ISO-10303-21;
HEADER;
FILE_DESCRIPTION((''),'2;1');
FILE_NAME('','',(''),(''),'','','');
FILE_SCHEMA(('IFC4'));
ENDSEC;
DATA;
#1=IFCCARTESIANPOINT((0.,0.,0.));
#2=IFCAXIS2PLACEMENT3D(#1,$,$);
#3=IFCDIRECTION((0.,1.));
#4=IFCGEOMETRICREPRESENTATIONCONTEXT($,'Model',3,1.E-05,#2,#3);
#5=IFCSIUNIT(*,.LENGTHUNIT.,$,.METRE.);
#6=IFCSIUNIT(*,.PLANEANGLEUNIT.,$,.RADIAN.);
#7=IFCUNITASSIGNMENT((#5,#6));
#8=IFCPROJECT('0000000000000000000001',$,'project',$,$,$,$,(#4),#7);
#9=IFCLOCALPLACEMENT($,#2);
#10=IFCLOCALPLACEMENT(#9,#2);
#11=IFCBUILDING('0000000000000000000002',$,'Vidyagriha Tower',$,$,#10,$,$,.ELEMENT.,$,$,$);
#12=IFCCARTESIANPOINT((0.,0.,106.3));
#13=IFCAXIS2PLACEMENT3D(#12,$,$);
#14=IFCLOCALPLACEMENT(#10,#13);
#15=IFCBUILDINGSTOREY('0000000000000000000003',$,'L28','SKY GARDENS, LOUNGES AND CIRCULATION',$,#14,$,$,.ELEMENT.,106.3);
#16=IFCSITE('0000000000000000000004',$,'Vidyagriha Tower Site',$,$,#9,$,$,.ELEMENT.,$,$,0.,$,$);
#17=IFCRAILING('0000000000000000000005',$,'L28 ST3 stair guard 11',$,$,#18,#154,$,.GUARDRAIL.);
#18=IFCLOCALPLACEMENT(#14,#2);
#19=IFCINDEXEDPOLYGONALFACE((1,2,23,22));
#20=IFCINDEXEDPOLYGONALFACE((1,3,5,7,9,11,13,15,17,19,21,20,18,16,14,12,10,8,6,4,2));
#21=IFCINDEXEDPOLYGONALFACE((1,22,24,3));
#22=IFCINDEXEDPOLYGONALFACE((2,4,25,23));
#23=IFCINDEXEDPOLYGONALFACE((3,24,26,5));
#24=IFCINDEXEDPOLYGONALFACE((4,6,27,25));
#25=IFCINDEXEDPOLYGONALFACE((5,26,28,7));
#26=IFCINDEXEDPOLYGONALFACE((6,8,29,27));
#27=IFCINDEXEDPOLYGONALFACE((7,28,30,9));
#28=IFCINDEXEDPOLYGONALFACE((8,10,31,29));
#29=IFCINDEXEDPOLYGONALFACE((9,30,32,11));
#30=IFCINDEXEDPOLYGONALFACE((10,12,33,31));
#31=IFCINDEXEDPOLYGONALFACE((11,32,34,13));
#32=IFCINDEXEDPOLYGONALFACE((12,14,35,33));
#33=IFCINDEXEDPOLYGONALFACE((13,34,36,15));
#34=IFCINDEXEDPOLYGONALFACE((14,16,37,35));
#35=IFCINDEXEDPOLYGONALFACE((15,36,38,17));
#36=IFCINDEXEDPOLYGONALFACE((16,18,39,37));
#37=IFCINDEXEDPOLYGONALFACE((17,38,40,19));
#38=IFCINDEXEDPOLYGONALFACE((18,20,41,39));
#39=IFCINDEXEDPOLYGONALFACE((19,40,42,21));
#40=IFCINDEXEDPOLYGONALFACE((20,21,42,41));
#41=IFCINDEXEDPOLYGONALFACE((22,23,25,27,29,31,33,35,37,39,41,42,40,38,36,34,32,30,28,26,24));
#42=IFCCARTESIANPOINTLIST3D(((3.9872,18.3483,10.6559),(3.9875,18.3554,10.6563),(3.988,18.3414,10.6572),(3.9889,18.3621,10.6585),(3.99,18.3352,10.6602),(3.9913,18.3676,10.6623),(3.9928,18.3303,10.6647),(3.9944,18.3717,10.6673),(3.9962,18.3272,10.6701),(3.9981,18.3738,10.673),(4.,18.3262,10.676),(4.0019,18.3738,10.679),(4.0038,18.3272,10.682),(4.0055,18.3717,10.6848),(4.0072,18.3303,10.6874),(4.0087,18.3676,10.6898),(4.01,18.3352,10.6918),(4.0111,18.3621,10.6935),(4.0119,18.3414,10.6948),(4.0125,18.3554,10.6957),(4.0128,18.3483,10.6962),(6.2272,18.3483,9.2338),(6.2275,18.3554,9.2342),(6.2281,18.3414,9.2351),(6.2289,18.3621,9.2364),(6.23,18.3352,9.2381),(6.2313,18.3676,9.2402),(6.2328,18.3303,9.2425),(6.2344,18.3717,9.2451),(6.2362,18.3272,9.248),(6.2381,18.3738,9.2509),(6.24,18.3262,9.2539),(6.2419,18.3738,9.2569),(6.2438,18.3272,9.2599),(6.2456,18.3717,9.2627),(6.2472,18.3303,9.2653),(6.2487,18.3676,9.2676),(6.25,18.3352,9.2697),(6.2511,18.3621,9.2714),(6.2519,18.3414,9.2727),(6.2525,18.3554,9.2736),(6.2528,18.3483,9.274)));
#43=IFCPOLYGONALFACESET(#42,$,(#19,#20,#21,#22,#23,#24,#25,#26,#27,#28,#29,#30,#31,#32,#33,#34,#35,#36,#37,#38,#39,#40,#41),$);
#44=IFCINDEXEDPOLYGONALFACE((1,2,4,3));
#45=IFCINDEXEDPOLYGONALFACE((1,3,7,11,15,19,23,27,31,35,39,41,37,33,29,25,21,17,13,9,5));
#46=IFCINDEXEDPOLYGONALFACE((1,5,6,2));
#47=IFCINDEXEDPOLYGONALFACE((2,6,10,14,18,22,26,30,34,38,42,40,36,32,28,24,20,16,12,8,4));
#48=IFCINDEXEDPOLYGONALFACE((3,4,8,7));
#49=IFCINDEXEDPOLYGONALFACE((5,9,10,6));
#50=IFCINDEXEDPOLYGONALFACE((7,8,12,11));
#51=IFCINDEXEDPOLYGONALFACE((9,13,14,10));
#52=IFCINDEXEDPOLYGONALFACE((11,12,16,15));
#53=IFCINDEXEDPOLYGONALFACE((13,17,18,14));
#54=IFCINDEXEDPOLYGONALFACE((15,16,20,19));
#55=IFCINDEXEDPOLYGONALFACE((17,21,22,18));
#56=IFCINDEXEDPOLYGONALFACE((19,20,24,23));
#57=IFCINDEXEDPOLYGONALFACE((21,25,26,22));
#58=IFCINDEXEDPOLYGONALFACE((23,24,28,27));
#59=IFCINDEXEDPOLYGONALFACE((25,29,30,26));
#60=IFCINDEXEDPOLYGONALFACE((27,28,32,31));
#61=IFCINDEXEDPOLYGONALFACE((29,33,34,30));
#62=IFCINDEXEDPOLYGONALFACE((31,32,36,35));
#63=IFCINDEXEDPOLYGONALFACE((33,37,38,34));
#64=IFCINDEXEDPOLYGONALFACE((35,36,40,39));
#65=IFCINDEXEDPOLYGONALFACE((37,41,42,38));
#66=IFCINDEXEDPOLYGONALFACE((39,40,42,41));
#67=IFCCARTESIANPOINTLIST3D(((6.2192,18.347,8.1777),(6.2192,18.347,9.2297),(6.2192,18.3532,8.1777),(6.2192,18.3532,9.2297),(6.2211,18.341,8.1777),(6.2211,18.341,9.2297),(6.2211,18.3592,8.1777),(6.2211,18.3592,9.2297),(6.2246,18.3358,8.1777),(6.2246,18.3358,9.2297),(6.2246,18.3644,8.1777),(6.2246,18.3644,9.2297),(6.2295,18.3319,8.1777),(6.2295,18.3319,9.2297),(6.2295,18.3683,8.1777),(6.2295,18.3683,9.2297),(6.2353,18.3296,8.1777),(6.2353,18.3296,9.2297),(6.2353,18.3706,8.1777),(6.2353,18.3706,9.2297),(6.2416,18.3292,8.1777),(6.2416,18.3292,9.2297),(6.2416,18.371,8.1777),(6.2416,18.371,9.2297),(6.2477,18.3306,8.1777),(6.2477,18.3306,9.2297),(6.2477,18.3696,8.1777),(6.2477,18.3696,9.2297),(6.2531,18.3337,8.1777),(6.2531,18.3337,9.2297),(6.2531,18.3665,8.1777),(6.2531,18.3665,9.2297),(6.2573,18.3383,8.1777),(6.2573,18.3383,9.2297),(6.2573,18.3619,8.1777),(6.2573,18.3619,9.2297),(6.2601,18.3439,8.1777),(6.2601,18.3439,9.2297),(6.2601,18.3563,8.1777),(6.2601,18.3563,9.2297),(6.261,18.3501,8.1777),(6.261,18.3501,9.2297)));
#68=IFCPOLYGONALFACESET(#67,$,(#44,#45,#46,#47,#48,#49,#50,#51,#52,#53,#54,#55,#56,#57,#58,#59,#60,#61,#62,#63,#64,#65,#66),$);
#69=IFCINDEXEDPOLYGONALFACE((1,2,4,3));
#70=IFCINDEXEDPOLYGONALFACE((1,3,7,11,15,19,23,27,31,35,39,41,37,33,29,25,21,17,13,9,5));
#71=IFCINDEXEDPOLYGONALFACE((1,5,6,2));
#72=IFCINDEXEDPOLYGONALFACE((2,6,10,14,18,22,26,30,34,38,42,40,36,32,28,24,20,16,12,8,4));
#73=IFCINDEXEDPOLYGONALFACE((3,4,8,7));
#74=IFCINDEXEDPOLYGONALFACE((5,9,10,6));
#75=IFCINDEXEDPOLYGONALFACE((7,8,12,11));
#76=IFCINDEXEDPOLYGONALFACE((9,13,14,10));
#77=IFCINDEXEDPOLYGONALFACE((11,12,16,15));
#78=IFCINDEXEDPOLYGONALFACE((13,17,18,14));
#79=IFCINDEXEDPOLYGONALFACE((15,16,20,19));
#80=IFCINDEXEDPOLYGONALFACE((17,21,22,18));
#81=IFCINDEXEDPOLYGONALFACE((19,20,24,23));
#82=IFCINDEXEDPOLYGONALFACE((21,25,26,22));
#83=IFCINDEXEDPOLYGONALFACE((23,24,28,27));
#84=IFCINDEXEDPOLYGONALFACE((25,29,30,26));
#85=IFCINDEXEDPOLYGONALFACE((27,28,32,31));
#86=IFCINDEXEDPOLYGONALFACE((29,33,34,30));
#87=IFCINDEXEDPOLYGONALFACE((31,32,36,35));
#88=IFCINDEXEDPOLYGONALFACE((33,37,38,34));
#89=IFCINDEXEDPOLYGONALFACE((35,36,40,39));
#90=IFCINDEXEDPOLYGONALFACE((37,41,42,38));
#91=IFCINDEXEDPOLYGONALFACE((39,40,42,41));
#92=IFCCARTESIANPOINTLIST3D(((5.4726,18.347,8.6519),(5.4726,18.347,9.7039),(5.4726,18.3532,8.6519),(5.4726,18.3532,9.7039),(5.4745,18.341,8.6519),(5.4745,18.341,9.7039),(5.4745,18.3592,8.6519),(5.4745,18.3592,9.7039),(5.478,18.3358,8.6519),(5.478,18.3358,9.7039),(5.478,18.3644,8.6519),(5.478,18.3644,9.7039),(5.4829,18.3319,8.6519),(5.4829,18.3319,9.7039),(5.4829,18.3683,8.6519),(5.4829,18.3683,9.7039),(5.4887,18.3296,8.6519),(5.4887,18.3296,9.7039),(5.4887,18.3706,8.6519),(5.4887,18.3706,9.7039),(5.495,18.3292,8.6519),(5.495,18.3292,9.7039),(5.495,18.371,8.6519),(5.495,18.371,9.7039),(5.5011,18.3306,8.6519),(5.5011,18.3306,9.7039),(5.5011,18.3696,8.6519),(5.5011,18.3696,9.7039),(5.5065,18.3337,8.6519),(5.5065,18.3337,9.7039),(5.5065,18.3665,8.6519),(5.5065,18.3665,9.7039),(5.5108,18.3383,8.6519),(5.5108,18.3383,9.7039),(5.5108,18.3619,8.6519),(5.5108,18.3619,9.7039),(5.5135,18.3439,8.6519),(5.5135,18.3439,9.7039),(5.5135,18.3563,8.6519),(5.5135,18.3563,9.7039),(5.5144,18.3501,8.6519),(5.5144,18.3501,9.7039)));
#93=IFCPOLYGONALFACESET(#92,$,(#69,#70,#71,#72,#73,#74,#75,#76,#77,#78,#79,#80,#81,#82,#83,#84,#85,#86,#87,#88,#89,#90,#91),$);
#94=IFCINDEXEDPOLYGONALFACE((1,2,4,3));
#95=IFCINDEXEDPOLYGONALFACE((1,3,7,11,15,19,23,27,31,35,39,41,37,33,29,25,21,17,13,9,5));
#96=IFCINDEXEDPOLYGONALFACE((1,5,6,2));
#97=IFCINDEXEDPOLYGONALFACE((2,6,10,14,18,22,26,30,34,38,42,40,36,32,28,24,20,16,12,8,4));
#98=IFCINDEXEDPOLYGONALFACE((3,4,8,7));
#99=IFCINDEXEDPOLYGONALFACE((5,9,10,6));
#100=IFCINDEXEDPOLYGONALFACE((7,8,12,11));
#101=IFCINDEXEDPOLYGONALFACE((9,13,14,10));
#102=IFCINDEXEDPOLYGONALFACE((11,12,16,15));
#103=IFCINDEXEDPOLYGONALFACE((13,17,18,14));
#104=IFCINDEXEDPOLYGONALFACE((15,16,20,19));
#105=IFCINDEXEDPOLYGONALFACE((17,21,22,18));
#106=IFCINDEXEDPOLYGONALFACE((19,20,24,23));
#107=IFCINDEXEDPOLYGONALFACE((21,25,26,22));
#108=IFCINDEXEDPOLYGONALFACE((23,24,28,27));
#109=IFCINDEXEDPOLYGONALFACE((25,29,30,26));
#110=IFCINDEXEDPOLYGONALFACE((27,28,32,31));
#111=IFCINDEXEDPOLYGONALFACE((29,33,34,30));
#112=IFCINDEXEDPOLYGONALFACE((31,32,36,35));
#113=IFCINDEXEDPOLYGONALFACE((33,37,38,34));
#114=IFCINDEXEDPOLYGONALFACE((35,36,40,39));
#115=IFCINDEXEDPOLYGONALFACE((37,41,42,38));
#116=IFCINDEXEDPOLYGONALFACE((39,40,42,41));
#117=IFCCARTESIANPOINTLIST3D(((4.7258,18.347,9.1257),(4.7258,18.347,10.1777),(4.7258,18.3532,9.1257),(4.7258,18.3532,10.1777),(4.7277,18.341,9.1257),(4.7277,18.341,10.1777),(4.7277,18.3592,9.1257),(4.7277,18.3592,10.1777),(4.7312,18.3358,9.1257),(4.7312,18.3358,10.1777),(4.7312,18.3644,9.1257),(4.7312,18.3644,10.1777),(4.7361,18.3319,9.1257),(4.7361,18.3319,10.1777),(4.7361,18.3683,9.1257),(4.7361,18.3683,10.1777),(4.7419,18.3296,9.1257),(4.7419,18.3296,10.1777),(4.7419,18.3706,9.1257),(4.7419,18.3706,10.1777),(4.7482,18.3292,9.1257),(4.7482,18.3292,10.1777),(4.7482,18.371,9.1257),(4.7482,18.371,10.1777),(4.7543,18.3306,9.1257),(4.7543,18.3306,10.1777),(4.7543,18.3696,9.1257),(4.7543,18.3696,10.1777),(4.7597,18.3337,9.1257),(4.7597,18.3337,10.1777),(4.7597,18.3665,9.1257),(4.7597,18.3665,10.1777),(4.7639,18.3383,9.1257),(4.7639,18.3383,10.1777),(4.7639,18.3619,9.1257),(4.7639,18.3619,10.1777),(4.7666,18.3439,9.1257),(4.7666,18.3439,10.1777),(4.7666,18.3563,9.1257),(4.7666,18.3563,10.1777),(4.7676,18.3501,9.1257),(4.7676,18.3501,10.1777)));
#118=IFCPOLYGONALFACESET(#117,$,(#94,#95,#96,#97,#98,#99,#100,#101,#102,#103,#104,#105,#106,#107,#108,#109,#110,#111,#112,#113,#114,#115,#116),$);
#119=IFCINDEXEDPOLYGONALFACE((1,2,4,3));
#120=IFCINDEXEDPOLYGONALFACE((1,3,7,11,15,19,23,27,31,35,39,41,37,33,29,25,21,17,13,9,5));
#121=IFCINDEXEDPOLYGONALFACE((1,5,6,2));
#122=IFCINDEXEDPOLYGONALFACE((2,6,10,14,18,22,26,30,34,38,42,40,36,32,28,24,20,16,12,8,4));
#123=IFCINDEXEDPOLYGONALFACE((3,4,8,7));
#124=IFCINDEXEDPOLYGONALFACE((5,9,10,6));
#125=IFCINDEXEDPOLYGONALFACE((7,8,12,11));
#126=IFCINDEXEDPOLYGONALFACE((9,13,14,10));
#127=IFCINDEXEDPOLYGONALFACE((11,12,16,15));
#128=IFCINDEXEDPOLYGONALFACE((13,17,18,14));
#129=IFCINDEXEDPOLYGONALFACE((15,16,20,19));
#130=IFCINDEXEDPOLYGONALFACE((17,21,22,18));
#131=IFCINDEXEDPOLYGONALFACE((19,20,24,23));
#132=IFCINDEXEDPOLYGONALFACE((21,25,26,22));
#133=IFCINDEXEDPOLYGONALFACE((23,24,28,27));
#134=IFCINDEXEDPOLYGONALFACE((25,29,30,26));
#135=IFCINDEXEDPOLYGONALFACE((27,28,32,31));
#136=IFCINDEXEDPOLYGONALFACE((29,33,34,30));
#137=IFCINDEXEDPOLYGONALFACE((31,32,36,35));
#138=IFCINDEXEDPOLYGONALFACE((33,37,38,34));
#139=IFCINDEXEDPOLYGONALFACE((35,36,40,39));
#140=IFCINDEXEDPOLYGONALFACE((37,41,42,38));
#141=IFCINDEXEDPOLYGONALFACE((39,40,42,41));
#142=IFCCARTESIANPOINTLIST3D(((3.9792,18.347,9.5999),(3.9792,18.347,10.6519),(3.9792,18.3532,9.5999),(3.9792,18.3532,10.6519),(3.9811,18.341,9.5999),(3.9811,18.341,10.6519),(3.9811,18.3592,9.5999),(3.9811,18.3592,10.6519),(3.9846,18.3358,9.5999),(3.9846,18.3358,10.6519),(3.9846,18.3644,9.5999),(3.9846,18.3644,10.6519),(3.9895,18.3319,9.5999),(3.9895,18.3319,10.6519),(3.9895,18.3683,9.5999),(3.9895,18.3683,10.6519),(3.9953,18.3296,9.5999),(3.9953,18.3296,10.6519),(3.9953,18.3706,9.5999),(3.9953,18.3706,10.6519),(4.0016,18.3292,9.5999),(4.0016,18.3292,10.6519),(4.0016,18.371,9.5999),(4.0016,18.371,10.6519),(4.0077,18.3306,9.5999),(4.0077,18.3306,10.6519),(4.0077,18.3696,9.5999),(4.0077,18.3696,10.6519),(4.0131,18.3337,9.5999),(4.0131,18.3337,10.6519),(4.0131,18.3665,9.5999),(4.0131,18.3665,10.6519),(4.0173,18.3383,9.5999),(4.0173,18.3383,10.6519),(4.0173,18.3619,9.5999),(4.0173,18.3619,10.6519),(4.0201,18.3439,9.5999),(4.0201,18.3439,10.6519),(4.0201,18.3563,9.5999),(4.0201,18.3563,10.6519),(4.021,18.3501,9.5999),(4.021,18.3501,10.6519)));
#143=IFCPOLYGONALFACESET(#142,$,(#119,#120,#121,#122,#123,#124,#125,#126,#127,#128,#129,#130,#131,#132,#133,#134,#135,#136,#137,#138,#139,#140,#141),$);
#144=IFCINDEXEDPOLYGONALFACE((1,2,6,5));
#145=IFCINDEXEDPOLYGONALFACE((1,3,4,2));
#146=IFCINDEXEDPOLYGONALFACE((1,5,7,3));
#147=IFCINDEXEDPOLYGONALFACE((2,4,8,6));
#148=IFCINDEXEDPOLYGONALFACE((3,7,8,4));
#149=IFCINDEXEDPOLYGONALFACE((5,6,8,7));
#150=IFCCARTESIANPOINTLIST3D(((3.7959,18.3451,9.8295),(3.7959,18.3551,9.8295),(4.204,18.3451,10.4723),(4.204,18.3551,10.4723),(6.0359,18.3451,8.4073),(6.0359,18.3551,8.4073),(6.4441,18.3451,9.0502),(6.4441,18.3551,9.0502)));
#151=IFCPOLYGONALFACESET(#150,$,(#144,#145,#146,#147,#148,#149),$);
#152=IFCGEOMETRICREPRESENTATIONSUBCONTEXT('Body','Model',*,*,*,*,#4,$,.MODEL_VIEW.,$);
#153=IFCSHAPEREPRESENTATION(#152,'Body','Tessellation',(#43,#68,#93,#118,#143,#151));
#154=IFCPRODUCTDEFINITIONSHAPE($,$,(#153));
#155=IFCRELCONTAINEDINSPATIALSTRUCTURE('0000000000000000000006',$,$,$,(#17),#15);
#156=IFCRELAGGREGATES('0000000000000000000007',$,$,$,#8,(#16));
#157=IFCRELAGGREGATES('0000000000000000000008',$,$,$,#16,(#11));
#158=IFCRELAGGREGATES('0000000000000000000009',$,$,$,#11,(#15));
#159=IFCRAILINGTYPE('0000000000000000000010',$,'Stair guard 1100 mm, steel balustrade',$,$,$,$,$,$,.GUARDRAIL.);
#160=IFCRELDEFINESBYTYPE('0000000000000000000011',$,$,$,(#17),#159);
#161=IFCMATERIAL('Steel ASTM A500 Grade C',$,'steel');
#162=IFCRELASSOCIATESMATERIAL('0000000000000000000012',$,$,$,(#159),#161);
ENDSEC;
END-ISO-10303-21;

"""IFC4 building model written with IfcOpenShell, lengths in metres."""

from ifc_helpers import new_model, si_unit, direction, frame, origin, origin_2d, place, context, subcontext, project, spatial, rectangle, circle, extrude, material, type_object, element, save


model = new_model("IFC4")

# Units and contexts
model_context = context("Model", 3, precision=1e-05, world=origin(), true_north=direction((0.0, 1.0)))
body_context = subcontext(model_context, "Body", "Model", "MODEL_VIEW")
ifc_project = project(units=[si_unit("LENGTHUNIT", "METRE"), si_unit("PLANEANGLEUNIT", "RADIAN")], contexts=[model_context])

# Site, building, storey
site_placement = place(None, origin())
site = spatial("IfcSite", under=ifc_project, at=site_placement, Name="Vidyagriha Tower Site", CompositionType="ELEMENT", RefElevation=0.0)
building_placement = place(site_placement, origin())
building = spatial("IfcBuilding", under=site, at=building_placement, Name="Vidyagriha Tower", CompositionType="ELEMENT")
storey_placement = place(building_placement, frame((0.0, 0.0, 106.3)))
storey = spatial("IfcBuildingStorey", under=building, at=storey_placement, Name="L28", Description="SKY GARDENS, LOUNGES AND CIRCULATION", CompositionType="ELEMENT", Elevation=106.3)

# Railing
ifc_material_1 = material(Name="Steel ASTM A500 Grade C", Category="steel")
railing_type_1 = type_object("IfcRailingType", Name="Stair guard 1100 mm, steel balustrade", PredefinedType="GUARDRAIL", material=ifc_material_1)
railing_1_placement = place(storey_placement, frame((6.24, 18.3501, 8.1777)))
element("IfcRailing", 1, at=railing_1_placement, inside=storey, type_object=railing_type_1, Name="L28 ST3 stair guard 11", PredefinedType="GUARDRAIL", context=body_context, shape_type="SweptSolid", body=[
    extrude(circle(Radius=0.0239, at=origin_2d()), frame((0.0, 0.0, 1.0762), z_axis=(-0.844229, 0.0, 0.535982), x_axis=(0.0, -1.0, 0.0)), (0.0, 0.0, 1.0), 2.6533),
    extrude(circle(Radius=0.021, at=origin_2d()), origin(), (0.0, 0.0, 1.0), 1.052),
    extrude(circle(Radius=0.021, at=origin_2d()), frame((-0.7466, 0.0, 0.4741)), (0.0, 0.0, 1.0), 1.052),
    extrude(circle(Radius=0.021, at=origin_2d()), frame((-1.4934, 0.0, 0.948)), (0.0, 0.0, 1.0), 1.052),
    extrude(circle(Radius=0.021, at=origin_2d()), frame((-2.24, 0.0, 1.4221)), (0.0, 0.0, 1.0), 1.052),
    extrude(rectangle(XDim=0.01, YDim=0.7615, at=origin_2d()), frame((0.0, 0.0, 0.551), z_axis=(-0.844229, 0.0, 0.535982), x_axis=(0.0, -1.0, 0.0)), (0.0, 0.0, 1.0), 2.6533),
])

save(model, "model.ifc")
